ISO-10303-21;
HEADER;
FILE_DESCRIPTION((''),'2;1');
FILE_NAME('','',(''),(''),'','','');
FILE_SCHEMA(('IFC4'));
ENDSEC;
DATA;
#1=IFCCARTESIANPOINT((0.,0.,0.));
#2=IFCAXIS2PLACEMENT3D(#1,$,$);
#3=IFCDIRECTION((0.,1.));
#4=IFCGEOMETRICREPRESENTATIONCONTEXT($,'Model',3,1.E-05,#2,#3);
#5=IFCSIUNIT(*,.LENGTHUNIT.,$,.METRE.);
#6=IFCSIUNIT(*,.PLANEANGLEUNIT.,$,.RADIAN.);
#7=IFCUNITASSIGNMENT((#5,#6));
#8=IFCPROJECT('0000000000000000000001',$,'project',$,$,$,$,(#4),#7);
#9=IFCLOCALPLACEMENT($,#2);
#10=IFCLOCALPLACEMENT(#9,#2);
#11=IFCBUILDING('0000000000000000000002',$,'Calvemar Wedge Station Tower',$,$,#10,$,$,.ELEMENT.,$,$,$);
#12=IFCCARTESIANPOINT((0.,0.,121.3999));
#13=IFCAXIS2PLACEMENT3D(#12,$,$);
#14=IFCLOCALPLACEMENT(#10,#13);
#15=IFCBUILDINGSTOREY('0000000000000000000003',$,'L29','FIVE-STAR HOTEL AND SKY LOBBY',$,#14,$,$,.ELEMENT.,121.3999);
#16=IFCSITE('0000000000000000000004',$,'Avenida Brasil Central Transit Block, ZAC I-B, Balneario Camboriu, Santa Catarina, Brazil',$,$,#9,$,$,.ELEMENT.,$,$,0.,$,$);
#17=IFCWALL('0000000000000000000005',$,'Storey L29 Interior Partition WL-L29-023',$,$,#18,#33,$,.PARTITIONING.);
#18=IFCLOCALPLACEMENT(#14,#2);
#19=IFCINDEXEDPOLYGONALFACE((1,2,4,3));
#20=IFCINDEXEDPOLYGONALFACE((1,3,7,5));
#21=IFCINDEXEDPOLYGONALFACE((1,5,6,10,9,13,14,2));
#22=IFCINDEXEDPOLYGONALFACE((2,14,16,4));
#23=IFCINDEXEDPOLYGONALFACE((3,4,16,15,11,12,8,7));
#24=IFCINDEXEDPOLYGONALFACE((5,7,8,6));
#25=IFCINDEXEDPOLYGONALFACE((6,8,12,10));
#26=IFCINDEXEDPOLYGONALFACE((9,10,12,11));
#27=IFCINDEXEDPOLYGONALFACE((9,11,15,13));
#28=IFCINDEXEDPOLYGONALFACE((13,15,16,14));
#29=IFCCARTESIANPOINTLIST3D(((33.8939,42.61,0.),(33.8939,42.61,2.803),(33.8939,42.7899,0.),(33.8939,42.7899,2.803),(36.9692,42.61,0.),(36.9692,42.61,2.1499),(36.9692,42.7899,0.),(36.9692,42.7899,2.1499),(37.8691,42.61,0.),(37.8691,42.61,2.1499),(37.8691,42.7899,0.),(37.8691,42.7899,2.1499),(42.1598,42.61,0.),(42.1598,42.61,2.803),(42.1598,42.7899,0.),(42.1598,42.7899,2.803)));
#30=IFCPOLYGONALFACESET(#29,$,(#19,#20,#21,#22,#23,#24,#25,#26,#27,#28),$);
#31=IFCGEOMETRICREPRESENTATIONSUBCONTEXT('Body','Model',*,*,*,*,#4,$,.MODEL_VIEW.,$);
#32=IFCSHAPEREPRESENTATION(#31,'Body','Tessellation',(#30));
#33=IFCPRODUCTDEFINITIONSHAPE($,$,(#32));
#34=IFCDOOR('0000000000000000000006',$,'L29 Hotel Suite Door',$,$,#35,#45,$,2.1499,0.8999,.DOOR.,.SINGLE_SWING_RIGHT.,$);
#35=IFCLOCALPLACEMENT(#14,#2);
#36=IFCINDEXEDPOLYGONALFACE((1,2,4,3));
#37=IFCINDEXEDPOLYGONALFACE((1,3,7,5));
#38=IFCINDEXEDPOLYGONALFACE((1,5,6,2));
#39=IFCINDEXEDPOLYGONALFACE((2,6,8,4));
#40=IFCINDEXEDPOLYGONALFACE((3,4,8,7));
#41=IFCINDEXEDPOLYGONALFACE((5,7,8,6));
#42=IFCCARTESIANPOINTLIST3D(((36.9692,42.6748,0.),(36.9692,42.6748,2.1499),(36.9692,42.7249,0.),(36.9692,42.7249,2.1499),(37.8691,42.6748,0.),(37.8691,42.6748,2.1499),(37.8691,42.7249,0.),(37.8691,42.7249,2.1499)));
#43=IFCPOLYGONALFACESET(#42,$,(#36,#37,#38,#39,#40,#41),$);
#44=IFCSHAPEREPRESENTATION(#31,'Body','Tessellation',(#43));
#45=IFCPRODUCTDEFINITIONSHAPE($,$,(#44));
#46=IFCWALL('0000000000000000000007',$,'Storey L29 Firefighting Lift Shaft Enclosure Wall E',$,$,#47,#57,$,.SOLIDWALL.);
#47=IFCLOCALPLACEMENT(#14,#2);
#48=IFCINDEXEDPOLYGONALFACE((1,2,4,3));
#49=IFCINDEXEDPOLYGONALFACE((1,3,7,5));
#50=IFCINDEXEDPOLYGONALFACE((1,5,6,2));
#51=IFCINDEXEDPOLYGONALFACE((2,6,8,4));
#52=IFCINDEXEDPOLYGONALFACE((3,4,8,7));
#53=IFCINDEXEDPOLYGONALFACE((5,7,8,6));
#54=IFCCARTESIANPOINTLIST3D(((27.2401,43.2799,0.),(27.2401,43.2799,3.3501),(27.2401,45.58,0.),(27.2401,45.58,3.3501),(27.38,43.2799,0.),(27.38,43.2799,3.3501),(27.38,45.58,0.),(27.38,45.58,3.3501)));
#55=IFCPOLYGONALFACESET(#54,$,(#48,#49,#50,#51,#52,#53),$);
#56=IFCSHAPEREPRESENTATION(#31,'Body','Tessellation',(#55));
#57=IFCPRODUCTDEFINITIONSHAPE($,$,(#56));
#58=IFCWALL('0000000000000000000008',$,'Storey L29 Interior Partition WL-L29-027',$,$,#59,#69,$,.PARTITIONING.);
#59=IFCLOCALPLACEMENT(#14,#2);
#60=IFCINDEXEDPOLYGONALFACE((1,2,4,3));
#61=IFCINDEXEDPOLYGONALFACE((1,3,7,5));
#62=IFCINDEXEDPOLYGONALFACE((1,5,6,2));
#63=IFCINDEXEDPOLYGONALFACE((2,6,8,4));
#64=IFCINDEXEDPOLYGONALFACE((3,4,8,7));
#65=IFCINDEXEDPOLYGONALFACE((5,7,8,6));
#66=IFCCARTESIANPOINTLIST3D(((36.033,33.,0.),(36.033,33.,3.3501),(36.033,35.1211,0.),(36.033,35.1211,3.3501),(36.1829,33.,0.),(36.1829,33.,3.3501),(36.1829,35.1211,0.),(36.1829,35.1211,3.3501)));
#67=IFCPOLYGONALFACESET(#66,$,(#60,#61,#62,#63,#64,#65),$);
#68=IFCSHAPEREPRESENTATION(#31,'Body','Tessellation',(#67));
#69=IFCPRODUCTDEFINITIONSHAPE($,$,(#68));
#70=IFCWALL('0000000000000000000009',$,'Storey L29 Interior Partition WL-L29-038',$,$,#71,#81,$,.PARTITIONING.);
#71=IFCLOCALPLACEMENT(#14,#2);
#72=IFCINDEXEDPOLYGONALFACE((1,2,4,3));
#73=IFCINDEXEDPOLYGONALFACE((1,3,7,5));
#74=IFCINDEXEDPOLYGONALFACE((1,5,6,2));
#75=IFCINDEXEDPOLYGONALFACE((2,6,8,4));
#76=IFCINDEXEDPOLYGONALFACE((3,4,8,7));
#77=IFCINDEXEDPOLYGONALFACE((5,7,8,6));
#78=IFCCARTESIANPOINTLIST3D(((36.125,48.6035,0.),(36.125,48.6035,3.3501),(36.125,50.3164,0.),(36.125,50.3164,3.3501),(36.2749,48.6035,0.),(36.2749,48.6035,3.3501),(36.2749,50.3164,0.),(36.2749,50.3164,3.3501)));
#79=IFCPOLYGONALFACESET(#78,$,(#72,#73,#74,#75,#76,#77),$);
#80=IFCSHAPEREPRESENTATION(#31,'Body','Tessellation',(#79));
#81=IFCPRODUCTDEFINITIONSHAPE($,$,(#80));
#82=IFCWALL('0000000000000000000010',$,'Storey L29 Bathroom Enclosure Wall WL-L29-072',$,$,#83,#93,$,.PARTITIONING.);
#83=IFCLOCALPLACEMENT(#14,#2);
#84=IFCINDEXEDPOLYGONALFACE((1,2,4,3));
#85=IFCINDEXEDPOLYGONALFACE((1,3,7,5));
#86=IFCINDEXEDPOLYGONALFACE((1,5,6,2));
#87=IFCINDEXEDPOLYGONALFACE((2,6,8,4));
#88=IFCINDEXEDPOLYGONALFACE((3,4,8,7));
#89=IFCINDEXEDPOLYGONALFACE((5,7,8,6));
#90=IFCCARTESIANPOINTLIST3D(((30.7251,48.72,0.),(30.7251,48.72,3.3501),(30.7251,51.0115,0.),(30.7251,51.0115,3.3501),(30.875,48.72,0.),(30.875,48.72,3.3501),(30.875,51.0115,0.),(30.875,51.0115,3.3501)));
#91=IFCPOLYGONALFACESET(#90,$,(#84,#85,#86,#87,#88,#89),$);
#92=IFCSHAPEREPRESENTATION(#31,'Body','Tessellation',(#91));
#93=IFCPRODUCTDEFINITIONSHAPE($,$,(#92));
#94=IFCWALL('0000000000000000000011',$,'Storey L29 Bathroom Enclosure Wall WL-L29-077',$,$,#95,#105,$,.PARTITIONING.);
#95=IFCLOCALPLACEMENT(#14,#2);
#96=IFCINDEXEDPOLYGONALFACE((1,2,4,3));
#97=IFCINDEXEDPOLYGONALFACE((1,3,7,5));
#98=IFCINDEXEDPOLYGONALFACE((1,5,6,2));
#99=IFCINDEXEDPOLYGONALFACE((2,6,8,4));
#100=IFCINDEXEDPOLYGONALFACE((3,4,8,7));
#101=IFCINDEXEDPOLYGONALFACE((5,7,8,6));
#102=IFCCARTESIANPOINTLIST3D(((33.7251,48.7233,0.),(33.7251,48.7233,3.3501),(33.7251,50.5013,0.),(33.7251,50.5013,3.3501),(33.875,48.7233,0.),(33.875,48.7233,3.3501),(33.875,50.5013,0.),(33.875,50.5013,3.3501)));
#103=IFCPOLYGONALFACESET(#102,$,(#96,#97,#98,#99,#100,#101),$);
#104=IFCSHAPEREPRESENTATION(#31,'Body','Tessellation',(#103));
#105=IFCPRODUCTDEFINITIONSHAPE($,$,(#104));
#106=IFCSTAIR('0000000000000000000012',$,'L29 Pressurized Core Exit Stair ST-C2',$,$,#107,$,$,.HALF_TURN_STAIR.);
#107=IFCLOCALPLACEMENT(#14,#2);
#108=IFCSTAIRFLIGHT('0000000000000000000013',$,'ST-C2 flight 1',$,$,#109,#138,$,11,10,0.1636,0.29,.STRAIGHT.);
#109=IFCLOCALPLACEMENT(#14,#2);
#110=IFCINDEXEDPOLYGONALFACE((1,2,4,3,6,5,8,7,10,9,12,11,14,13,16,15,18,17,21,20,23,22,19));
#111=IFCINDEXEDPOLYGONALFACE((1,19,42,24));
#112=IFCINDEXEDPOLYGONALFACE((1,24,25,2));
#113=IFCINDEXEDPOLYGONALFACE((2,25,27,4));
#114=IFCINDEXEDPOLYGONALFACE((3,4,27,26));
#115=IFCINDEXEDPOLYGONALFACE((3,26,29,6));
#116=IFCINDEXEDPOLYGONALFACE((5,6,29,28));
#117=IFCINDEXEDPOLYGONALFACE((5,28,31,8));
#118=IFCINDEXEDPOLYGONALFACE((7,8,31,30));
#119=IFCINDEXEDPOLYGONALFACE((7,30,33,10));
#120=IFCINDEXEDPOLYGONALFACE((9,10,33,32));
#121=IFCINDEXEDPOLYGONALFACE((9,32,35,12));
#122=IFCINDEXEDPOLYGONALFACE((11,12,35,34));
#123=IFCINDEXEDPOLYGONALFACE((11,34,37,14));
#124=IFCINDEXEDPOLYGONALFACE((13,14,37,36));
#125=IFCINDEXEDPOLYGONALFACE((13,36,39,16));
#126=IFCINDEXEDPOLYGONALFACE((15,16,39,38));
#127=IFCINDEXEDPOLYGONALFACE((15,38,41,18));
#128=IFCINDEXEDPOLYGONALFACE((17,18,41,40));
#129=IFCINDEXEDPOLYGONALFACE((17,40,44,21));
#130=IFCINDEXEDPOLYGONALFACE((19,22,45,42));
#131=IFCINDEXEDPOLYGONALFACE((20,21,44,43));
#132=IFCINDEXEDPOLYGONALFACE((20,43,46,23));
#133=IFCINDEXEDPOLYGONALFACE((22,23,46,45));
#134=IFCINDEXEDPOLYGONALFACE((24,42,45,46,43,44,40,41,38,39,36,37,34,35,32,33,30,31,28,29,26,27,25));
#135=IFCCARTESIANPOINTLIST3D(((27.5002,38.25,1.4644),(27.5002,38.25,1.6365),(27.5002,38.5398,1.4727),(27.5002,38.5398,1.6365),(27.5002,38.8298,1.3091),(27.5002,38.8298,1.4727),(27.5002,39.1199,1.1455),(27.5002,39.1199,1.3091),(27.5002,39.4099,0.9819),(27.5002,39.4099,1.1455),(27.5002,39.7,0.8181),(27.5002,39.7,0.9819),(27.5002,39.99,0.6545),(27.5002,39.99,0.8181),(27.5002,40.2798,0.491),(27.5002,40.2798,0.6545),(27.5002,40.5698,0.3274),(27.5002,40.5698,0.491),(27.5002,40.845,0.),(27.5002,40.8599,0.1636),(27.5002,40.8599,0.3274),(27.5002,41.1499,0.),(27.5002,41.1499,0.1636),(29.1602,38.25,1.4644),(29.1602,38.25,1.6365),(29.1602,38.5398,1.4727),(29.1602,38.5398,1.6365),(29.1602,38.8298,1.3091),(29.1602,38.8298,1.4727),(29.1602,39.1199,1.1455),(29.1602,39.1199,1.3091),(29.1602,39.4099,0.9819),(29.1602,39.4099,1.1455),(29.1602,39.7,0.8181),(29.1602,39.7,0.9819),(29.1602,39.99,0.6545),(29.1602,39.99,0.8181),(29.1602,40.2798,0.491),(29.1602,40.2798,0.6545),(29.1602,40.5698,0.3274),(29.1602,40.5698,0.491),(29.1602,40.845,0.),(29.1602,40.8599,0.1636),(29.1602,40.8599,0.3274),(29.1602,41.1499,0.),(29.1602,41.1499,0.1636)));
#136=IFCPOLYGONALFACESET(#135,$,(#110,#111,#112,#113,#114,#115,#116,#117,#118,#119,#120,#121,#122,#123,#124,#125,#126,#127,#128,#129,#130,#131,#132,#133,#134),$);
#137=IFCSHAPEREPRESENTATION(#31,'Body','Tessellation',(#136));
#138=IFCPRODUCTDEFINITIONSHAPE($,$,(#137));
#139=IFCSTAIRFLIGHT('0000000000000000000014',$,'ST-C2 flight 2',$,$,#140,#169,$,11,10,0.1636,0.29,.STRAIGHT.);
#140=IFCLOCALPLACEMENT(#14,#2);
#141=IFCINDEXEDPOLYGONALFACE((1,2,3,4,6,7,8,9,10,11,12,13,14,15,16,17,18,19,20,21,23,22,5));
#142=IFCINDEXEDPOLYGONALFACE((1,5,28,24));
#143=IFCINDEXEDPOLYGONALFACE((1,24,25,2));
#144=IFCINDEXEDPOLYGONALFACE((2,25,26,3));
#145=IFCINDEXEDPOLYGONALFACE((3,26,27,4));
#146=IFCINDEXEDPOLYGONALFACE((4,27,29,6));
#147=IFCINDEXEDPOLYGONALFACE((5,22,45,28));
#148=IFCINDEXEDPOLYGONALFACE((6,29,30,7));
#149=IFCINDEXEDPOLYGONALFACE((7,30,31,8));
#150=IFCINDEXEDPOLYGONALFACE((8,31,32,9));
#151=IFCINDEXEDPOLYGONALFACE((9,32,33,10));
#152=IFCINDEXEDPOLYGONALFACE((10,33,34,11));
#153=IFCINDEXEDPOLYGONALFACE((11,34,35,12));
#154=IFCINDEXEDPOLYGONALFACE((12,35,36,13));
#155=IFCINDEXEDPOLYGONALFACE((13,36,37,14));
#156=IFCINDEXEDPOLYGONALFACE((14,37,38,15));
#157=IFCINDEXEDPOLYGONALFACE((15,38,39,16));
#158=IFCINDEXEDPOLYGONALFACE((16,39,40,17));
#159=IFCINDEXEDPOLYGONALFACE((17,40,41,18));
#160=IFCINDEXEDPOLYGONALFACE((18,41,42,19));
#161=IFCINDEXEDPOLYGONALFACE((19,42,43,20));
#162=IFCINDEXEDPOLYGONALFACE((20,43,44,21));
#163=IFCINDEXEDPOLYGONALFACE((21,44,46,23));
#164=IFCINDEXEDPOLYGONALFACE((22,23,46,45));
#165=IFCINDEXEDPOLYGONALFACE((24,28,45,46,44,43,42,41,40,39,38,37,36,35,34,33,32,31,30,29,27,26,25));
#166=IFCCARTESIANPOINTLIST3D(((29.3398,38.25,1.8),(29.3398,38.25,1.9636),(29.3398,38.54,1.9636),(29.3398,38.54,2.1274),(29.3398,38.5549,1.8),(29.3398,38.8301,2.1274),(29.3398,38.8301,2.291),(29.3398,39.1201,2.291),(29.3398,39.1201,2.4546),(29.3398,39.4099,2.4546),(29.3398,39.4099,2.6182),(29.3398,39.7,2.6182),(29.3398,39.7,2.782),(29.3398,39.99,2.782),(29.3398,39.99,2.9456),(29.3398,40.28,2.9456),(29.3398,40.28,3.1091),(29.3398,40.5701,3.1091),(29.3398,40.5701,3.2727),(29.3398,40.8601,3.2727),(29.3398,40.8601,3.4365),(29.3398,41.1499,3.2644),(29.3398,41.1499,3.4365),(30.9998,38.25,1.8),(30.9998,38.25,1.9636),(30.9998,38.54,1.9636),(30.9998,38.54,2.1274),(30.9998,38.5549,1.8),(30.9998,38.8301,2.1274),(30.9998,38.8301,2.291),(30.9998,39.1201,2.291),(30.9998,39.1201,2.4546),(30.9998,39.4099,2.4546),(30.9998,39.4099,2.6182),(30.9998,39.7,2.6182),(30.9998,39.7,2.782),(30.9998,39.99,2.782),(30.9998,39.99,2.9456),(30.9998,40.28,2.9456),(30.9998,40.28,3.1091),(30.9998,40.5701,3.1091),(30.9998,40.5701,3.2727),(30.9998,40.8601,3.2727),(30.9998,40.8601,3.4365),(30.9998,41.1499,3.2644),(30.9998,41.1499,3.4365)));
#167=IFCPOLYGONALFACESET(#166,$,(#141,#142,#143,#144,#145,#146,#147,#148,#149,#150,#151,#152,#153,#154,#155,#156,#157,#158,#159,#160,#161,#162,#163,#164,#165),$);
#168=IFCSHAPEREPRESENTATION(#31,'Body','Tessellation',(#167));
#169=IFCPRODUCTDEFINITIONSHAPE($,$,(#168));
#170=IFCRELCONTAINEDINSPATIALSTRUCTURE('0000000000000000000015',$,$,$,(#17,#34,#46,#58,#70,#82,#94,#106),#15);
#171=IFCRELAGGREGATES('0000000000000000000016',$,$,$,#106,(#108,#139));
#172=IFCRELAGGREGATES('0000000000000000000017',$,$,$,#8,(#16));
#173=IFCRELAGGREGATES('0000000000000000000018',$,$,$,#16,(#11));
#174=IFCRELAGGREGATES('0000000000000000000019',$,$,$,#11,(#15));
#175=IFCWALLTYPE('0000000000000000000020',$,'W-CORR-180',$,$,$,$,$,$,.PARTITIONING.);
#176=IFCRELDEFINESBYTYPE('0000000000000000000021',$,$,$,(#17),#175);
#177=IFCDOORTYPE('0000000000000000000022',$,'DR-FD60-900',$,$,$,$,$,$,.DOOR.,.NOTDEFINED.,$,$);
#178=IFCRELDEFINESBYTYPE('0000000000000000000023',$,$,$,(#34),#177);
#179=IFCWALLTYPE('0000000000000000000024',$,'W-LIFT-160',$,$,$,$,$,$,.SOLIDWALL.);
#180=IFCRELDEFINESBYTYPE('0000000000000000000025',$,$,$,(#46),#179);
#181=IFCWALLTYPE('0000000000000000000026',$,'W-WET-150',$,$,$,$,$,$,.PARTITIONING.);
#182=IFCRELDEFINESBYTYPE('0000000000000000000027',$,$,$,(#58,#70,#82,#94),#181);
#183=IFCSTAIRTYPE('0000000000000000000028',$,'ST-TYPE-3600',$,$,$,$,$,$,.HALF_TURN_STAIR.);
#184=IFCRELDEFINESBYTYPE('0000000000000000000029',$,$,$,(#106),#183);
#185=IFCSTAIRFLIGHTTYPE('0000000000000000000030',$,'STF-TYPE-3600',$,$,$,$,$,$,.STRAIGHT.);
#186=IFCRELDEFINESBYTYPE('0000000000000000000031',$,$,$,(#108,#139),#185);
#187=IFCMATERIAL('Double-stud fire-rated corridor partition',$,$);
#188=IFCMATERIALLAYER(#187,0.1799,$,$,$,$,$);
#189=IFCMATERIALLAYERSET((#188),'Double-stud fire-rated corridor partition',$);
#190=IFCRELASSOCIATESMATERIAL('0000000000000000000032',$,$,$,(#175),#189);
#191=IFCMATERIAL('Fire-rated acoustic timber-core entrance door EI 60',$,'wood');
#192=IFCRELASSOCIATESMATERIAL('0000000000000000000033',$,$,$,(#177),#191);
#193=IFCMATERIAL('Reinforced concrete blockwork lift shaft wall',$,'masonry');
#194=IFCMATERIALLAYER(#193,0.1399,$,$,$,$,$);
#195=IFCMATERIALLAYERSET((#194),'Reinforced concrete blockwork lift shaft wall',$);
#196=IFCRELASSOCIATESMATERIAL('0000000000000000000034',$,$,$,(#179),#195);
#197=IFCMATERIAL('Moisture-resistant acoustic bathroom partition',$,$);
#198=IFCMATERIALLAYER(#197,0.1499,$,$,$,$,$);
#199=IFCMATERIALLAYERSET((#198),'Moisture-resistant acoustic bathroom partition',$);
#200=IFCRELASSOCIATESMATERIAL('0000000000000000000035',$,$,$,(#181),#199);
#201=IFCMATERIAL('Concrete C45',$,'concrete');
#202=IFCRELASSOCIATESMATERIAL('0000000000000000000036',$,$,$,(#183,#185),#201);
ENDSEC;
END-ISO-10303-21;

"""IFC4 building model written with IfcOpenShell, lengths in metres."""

from ifc_helpers import new_model, si_unit, direction, frame, frame_2d, origin, place, context, subcontext, project, spatial, polyline, rectangle, outline, extrude, source, transform, mapped, material, layer, layer_set, type_object, element, fill, aggregate, save


model = new_model("IFC4")

# Units and contexts
model_context = context("Model", 3, precision=1e-05, world=origin(), true_north=direction((0.0, 1.0)))
body_context = subcontext(model_context, "Body", "Model", "MODEL_VIEW")
ifc_project = project(units=[si_unit("LENGTHUNIT", "METRE"), si_unit("PLANEANGLEUNIT", "RADIAN")], contexts=[model_context])

# Site, building, storey
site_placement = place(None, origin())
site = spatial("IfcSite", under=ifc_project, at=site_placement, Name="Avenida Brasil Central Transit Block, ZAC I-B, Balneario Camboriu, Santa Catarina, Brazil", CompositionType="ELEMENT", RefElevation=0.0)
building_placement = place(site_placement, origin())
building = spatial("IfcBuilding", under=site, at=building_placement, Name="Calvemar Wedge Station Tower", CompositionType="ELEMENT")
storey_placement = place(building_placement, frame((0.0, 0.0, 121.3999)))
storey = spatial("IfcBuildingStorey", under=building, at=storey_placement, Name="L29", Description="FIVE-STAR HOTEL AND SKY LOBBY", CompositionType="ELEMENT", Elevation=121.3999)

# Shared definitions
ifc_material_1 = material(Name="Double-stud fire-rated corridor partition")
ifc_layer_1 = layer(ifc_material_1, 0.1799)
ifc_layer_set_1 = layer_set([ifc_layer_1], Name="Double-stud fire-rated corridor partition")
wall_type_1 = type_object("IfcWallType", Name="W-CORR-180", PredefinedType="PARTITIONING", material=ifc_layer_set_1)

# Wall, opening, door
wall_1_placement = place(storey_placement, frame((33.894, 42.7, 0.0), z_axis=(0.0, 0.0, 1.0), x_axis=(1.0, 0.0, 0.0)))
wall_1 = element("IfcWall", 1, at=wall_1_placement, inside=storey, type_object=wall_type_1, Name="Storey L29 Interior Partition WL-L29-023", PredefinedType="PARTITIONING", context=body_context, shape_type="SweptSolid", body=[
    extrude(rectangle(XDim=8.2659, YDim=0.1799, at=frame_2d((4.1328, 0.0))), origin(), (0.0, 0.0, 1.0), 2.803),
])
shared_shape_1 = source(origin(), body_context, "Body", "SweptSolid", [
    extrude(rectangle(XDim=0.8999, YDim=2.1499, at=frame_2d((0.45, 1.075))), frame((0.0, 0.1001, 0.0), z_axis=(0.0, -1.0, 0.0), x_axis=(1.0, 0.0, 0.0)), (0.0, 0.0, 1.0), 0.2),
])
opening_1_placement = place(wall_1_placement, frame((3.0752, 0.0, 0.0)))
opening_1 = element("IfcOpeningElement", 2, at=opening_1_placement, cuts=wall_1, PredefinedType="OPENING", context=body_context, shape_type="MappedRepresentation", body=[
    mapped(shared_shape_1, transform((0.0, 0.0, 0.0), scale=1.0)),
])
ifc_material_2 = material(Name="Fire-rated acoustic timber-core entrance door EI 60", Category="wood")
door_type_1 = type_object("IfcDoorType", Name="DR-FD60-900", OperationType="NOTDEFINED", PredefinedType="DOOR", material=ifc_material_2)
shared_shape_2 = source(origin(), body_context, "Body", "SweptSolid", [
    extrude(rectangle(XDim=0.8999, YDim=2.1499, at=frame_2d((0.45, 1.075))), frame((0.0, 0.0249, 0.0), z_axis=(0.0, -1.0, 0.0), x_axis=(1.0, 0.0, 0.0)), (0.0, 0.0, 1.0), 0.05),
])
door_1_placement = place(opening_1_placement, origin())
door_1 = element("IfcDoor", 3, at=door_1_placement, inside=storey, type_object=door_type_1, Name="L29 Hotel Suite Door", OperationType="SINGLE_SWING_RIGHT", OverallHeight=2.1499, OverallWidth=0.8999, PredefinedType="DOOR", context=body_context, shape_type="MappedRepresentation", body=[
    mapped(shared_shape_2, transform((0.0, 0.0, 0.0), scale=1.0)),
])
fill(opening_1, door_1)

# Wall
ifc_material_3 = material(Name="Reinforced concrete blockwork lift shaft wall", Category="masonry")
ifc_layer_2 = layer(ifc_material_3, 0.1399)
ifc_layer_set_2 = layer_set([ifc_layer_2], Name="Reinforced concrete blockwork lift shaft wall")
wall_type_2 = type_object("IfcWallType", Name="W-LIFT-160", PredefinedType="SOLIDWALL", material=ifc_layer_set_2)
wall_2_placement = place(storey_placement, frame((27.3101, 43.28, 0.0), z_axis=(0.0, 0.0, 1.0), x_axis=(0.0, 1.0, 0.0)))
element("IfcWall", 4, at=wall_2_placement, inside=storey, type_object=wall_type_2, Name="Storey L29 Firefighting Lift Shaft Enclosure Wall E", PredefinedType="SOLIDWALL", context=body_context, shape_type="SweptSolid", body=[
    extrude(rectangle(XDim=2.3, YDim=0.1399, at=frame_2d((1.1499, 0.0))), origin(), (0.0, 0.0, 1.0), 3.3501),
])

# Shared definitions
ifc_material_4 = material(Name="Moisture-resistant acoustic bathroom partition")
ifc_layer_3 = layer(ifc_material_4, 0.1499)
ifc_layer_set_3 = layer_set([ifc_layer_3], Name="Moisture-resistant acoustic bathroom partition")
wall_type_3 = type_object("IfcWallType", Name="W-WET-150", PredefinedType="PARTITIONING", material=ifc_layer_set_3)

# Wall
wall_3_placement = place(storey_placement, frame((36.1079, 35.1211, 0.0), z_axis=(0.0, 0.0, 1.0), x_axis=(0.0, -1.0, 0.0)))
element("IfcWall", 5, at=wall_3_placement, inside=storey, type_object=wall_type_3, Name="Storey L29 Interior Partition WL-L29-027", PredefinedType="PARTITIONING", context=body_context, shape_type="SweptSolid", body=[
    extrude(rectangle(XDim=2.1211, YDim=0.1499, at=frame_2d((1.0605, 0.0))), origin(), (0.0, 0.0, 1.0), 3.3501),
])

# Walls
wall_4_placement = place(storey_placement, frame((36.2, 50.3164, 0.0), z_axis=(0.0, 0.0, 1.0), x_axis=(0.0, -1.0, 0.0)))
element("IfcWall", 6, at=wall_4_placement, inside=storey, type_object=wall_type_3, Name="Storey L29 Interior Partition WL-L29-038", PredefinedType="PARTITIONING", context=body_context, shape_type="SweptSolid", body=[
    extrude(rectangle(XDim=1.7129, YDim=0.1499, at=frame_2d((0.8564, 0.0))), origin(), (0.0, 0.0, 1.0), 3.3501),
])
wall_5_placement = place(storey_placement, frame((30.8, 51.0115, 0.0), z_axis=(0.0, 0.0, 1.0), x_axis=(0.0, -1.0, 0.0)))
element("IfcWall", 7, at=wall_5_placement, inside=storey, type_object=wall_type_3, Name="Storey L29 Bathroom Enclosure Wall WL-L29-072", PredefinedType="PARTITIONING", context=body_context, shape_type="SweptSolid", body=[
    extrude(rectangle(XDim=2.2915, YDim=0.1499, at=frame_2d((1.1458, 0.0))), origin(), (0.0, 0.0, 1.0), 3.3501),
])
wall_6_placement = place(storey_placement, frame((33.8, 48.7231, 0.0), z_axis=(0.0, 0.0, 1.0), x_axis=(0.0, 1.0, 0.0)))
element("IfcWall", 8, at=wall_6_placement, inside=storey, type_object=wall_type_3, Name="Storey L29 Bathroom Enclosure Wall WL-L29-077", PredefinedType="PARTITIONING", context=body_context, shape_type="SweptSolid", body=[
    extrude(rectangle(XDim=1.7781, YDim=0.1499, at=frame_2d((0.8892, 0.0))), origin(), (0.0, 0.0, 1.0), 3.3501),
])

# Stair, stair flights
ifc_material_5 = material(Name="Concrete C45", Category="concrete")
stair_type = type_object("IfcStairType", Name="ST-TYPE-3600", PredefinedType="HALF_TURN_STAIR", material=ifc_material_5)
stair_placement = place(storey_placement, origin())
stair = element("IfcStair", 9, at=stair_placement, inside=storey, type_object=stair_type, Name="L29 Pressurized Core Exit Stair ST-C2", PredefinedType="HALF_TURN_STAIR")
stair_flight_type = type_object("IfcStairFlightType", Name="STF-TYPE-3600", PredefinedType="STRAIGHT", material=ifc_material_5)
stair_flight_1_placement = place(storey_placement, frame((28.3301, 41.1499, 0.0), z_axis=(0.0, 0.0, 1.0), x_axis=(0.0, -1.0, 0.0)))
stair_flight_1 = element("IfcStairFlight", 10, at=stair_flight_1_placement, type_object=stair_flight_type, Name="ST-C2 flight 1", NumberOfRisers=11, NumberOfTreads=10, PredefinedType="STRAIGHT", RiserHeight=0.1636, TreadLength=0.29, context=body_context, shape_type="SweptSolid", body=[
    extrude(outline(polyline([(0.0, 0.0), (0.0, 0.1636), (0.29, 0.1636), (0.29, 0.3274), (0.5801, 0.3274), (0.5801, 0.491), (0.8701, 0.491), (0.8701, 0.6545), (1.1599, 0.6545), (1.1599, 0.8181), (1.45, 0.8181), (1.45, 0.9819), (1.74, 0.9819), (1.74, 1.1455), (2.03, 1.1455), (2.03, 1.3091), (2.3201, 1.3091), (2.3201, 1.4727), (2.6101, 1.4727), (2.6101, 1.6365), (2.8999, 1.6365), (2.8999, 1.8), (2.8999, 1.4644), (0.3049, 0.0), (0.0, 0.0)])), frame((0.0, 0.8301, 0.0), z_axis=(0.0, -1.0, 0.0), x_axis=(1.0, 0.0, 0.0)), (0.0, 0.0, 1.0), 1.6599),
])
stair_flight_2_placement = place(storey_placement, frame((30.1699, 38.25, 1.8), z_axis=(0.0, 0.0, 1.0), x_axis=(0.0, 1.0, 0.0)))
stair_flight_2 = element("IfcStairFlight", 11, at=stair_flight_2_placement, type_object=stair_flight_type, Name="ST-C2 flight 2", NumberOfRisers=11, NumberOfTreads=10, PredefinedType="STRAIGHT", RiserHeight=0.1636, TreadLength=0.29, context=body_context, shape_type="SweptSolid", body=[
    extrude(outline(polyline([(0.0, 0.0), (0.0, 0.1636), (0.29, 0.1636), (0.29, 0.3274), (0.5801, 0.3274), (0.5801, 0.491), (0.8701, 0.491), (0.8701, 0.6545), (1.1599, 0.6545), (1.1599, 0.8181), (1.45, 0.8181), (1.45, 0.9819), (1.74, 0.9819), (1.74, 1.1455), (2.03, 1.1455), (2.03, 1.3091), (2.3201, 1.3091), (2.3201, 1.4727), (2.6101, 1.4727), (2.6101, 1.6365), (2.8999, 1.6365), (2.8999, 1.8), (2.8999, 1.4644), (0.3049, 0.0), (0.0, 0.0)])), frame((0.0, 0.8301, 0.0), z_axis=(0.0, -1.0, 0.0), x_axis=(1.0, 0.0, 0.0)), (0.0, 0.0, 1.0), 1.6599),
])
aggregate(stair, [stair_flight_1, stair_flight_2])

save(model, "model.ifc")
